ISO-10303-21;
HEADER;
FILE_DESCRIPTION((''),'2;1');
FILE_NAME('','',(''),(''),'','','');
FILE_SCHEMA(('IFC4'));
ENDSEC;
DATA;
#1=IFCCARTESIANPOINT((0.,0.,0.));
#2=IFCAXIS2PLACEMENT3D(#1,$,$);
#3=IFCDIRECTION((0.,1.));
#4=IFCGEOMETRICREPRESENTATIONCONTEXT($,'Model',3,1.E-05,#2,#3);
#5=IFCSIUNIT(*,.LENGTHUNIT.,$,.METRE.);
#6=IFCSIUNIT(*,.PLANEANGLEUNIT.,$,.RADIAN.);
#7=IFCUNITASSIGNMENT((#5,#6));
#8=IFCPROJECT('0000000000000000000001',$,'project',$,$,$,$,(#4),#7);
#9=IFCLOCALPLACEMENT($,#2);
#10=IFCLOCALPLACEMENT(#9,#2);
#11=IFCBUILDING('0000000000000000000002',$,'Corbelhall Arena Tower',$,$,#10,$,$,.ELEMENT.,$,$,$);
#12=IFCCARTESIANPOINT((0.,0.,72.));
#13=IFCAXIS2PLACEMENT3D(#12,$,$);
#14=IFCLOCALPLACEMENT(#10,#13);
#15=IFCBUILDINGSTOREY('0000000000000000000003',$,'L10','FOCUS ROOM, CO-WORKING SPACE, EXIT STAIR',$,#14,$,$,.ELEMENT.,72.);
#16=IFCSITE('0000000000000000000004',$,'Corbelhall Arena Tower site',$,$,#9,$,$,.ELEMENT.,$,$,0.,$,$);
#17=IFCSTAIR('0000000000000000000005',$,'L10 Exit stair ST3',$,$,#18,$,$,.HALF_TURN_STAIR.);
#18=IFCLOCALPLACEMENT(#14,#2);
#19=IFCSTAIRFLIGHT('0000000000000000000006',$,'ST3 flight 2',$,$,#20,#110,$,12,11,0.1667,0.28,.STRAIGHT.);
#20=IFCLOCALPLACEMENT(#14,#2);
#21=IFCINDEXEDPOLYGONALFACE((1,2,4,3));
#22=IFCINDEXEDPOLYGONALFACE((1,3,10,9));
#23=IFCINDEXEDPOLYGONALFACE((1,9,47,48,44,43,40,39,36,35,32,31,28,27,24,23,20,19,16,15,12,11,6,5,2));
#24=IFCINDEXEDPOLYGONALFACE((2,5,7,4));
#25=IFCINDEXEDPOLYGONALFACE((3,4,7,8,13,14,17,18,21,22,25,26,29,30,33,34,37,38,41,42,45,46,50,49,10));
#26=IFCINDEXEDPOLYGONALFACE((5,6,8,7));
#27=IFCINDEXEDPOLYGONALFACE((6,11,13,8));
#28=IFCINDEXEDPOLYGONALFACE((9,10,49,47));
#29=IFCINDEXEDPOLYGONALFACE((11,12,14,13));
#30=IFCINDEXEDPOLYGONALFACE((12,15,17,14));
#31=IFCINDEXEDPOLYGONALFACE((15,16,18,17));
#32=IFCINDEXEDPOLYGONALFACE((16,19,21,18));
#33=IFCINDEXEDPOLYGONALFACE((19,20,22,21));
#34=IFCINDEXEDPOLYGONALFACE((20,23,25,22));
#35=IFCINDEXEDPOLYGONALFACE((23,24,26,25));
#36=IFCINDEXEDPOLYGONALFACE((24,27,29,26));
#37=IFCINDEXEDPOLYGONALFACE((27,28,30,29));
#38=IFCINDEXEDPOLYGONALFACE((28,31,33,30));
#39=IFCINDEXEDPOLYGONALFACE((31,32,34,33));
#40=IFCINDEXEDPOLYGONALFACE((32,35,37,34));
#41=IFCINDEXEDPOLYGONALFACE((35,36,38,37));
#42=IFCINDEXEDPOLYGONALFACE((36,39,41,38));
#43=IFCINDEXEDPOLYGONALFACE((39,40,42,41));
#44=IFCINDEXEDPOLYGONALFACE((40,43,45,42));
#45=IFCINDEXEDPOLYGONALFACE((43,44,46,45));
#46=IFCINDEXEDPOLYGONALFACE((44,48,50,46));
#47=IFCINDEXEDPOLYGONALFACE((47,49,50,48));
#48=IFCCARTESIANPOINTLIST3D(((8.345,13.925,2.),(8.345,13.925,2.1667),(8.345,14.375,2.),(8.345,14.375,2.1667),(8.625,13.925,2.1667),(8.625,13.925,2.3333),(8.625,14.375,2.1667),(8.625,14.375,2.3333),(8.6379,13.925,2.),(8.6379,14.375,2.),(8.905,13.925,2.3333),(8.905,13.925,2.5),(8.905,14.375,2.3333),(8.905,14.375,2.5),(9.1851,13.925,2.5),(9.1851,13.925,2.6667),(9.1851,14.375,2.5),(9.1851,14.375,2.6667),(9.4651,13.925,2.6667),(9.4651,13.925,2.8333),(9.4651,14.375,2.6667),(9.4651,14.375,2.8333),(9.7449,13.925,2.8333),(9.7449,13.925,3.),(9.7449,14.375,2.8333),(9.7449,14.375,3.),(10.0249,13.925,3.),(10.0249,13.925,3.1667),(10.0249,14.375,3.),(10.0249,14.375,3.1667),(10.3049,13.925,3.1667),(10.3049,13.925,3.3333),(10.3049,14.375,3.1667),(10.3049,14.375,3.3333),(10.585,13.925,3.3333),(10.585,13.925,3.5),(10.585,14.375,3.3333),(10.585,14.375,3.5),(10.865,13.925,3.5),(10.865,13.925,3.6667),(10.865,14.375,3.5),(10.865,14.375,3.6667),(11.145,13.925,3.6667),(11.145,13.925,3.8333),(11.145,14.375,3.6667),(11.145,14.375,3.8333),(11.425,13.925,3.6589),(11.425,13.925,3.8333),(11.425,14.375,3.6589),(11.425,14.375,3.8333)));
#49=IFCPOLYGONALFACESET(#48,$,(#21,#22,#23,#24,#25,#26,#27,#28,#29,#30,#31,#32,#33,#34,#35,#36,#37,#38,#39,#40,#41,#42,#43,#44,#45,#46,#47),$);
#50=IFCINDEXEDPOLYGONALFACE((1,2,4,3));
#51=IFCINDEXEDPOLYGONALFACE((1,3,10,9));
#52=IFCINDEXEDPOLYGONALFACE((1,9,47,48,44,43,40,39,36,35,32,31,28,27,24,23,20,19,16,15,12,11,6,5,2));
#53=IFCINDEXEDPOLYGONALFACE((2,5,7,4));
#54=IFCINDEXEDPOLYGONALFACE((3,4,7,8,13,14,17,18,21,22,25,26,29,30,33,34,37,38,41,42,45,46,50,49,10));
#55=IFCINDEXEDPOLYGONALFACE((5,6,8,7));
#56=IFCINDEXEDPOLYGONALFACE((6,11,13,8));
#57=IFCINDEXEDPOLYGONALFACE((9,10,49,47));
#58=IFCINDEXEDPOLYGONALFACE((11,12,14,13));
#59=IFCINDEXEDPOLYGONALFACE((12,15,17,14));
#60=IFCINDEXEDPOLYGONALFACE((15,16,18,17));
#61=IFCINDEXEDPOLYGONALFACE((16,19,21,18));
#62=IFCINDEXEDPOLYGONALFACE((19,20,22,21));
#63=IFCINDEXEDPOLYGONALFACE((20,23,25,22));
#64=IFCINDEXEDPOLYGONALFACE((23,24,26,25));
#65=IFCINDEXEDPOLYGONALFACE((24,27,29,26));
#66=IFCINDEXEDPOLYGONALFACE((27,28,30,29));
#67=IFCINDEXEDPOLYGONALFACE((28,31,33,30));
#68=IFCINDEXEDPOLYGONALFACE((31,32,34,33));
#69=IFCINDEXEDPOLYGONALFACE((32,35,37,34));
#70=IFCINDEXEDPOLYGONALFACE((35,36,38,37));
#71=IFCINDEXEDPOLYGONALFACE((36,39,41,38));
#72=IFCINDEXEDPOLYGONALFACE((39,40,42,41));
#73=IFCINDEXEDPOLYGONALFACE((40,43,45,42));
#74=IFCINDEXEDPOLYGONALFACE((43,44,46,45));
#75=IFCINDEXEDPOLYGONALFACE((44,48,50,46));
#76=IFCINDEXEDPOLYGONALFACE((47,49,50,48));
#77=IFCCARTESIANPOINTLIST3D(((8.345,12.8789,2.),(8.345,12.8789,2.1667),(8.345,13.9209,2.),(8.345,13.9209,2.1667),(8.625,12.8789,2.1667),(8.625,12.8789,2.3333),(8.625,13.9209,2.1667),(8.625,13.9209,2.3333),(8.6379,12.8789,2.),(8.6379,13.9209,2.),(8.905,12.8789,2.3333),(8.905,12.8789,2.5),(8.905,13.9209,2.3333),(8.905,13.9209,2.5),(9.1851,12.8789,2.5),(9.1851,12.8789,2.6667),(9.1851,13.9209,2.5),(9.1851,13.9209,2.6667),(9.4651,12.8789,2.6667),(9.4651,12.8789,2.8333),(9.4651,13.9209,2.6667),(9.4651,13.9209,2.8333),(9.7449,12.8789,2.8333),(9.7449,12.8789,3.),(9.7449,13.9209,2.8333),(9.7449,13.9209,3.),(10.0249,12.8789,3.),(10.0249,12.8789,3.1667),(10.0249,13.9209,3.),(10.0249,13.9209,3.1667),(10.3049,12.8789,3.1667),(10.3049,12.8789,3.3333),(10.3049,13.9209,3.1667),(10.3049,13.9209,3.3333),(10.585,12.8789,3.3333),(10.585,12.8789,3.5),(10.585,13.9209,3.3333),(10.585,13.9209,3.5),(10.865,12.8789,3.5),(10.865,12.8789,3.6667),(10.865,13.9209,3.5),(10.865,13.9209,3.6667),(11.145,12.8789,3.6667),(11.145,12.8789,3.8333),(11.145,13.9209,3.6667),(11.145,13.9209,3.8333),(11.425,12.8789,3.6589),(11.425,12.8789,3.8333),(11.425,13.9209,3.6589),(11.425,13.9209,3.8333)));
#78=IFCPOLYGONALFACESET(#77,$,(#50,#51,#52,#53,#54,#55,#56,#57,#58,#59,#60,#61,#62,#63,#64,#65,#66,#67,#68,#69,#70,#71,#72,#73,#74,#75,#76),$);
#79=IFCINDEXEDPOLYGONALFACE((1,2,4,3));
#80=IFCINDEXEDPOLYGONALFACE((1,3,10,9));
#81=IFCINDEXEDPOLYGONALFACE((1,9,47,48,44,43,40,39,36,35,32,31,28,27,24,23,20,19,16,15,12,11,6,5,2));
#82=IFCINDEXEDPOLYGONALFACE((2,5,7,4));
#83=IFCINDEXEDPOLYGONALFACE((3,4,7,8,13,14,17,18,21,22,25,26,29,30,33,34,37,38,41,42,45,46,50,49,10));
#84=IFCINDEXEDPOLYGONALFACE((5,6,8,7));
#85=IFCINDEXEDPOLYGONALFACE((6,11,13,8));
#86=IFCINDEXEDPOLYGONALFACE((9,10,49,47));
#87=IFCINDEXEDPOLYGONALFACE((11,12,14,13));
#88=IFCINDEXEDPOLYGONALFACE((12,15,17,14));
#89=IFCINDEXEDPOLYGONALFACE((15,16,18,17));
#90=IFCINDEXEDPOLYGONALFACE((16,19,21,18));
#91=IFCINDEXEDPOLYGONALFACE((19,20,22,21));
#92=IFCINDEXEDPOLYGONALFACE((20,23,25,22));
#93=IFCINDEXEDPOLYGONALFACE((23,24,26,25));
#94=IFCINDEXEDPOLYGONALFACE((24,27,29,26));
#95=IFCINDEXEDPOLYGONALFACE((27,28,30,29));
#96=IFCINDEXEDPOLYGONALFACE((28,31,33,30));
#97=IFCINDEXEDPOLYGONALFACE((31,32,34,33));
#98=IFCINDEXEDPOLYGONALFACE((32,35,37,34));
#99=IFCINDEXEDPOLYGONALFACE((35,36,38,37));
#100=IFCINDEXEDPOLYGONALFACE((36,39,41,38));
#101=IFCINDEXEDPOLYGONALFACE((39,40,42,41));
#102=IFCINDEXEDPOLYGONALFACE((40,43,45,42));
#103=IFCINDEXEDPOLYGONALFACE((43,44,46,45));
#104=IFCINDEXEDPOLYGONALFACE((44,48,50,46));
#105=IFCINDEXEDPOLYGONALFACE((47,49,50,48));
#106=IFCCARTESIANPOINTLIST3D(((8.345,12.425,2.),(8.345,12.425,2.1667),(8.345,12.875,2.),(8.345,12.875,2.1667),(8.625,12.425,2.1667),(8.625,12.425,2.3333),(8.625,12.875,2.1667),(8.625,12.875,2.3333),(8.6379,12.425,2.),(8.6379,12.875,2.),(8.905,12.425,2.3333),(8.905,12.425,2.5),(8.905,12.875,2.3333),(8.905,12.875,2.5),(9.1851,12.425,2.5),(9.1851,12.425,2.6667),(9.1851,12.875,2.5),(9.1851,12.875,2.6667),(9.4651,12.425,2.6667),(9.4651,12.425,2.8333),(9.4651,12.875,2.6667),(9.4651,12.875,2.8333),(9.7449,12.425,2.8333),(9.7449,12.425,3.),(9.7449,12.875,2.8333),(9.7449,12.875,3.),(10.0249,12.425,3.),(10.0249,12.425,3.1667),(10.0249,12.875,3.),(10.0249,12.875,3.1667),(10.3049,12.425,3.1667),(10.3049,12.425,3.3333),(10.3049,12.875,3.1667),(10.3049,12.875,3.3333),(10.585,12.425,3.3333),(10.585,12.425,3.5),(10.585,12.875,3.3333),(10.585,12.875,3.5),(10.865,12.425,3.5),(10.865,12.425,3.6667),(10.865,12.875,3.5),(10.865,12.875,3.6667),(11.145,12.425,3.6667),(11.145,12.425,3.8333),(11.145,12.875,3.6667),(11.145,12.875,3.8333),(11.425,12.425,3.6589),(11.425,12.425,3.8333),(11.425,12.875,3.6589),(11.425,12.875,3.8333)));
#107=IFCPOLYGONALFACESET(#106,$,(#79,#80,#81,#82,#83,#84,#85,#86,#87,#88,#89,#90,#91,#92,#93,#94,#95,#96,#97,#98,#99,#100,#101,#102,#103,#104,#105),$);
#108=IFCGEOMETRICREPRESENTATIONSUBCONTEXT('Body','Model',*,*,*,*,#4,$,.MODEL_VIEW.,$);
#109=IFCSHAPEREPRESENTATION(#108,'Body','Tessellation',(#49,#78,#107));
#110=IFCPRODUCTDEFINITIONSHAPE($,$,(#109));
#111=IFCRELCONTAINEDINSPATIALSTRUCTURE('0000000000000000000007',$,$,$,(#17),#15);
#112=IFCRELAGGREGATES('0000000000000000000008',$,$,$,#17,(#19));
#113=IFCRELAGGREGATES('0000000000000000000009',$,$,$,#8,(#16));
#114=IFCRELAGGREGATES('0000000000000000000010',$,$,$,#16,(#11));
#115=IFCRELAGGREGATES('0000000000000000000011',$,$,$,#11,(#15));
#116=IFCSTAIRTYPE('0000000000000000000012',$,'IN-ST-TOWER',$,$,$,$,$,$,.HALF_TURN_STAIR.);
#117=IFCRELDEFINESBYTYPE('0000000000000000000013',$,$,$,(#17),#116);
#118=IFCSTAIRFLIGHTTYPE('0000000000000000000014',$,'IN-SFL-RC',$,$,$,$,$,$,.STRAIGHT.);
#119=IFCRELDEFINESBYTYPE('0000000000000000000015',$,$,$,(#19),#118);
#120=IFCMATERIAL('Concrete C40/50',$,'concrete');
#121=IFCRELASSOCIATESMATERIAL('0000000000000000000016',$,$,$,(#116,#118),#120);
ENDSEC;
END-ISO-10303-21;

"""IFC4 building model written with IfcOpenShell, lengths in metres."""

from ifc_helpers import new_model, si_unit, direction, frame, origin, place, context, subcontext, project, spatial, polyline, outline, extrude, material, type_object, element, aggregate, save


model = new_model("IFC4")

# Units and contexts
model_context = context("Model", 3, precision=1e-05, world=origin(), true_north=direction((0.0, 1.0)))
body_context = subcontext(model_context, "Body", "Model", "MODEL_VIEW")
ifc_project = project(units=[si_unit("LENGTHUNIT", "METRE"), si_unit("PLANEANGLEUNIT", "RADIAN")], contexts=[model_context])

# Site, building, storey
site_placement = place(None, origin())
site = spatial("IfcSite", under=ifc_project, at=site_placement, Name="Corbelhall Arena Tower site", CompositionType="ELEMENT", RefElevation=0.0)
building_placement = place(site_placement, origin())
building = spatial("IfcBuilding", under=site, at=building_placement, Name="Corbelhall Arena Tower", CompositionType="ELEMENT")
storey_placement = place(building_placement, frame((0.0, 0.0, 72.0)))
storey = spatial("IfcBuildingStorey", under=building, at=storey_placement, Name="L10", Description="FOCUS ROOM, CO-WORKING SPACE, EXIT STAIR", CompositionType="ELEMENT", Elevation=72.0)

# Shared definitions
ifc_material_1 = material(Name="Concrete C40/50", Category="concrete")

# Stair, stair flight
stair_type = type_object("IfcStairType", Name="IN-ST-TOWER", PredefinedType="HALF_TURN_STAIR", material=ifc_material_1)
stair_placement = place(storey_placement, origin())
stair = element("IfcStair", 1, at=stair_placement, inside=storey, type_object=stair_type, Name="L10 Exit stair ST3", PredefinedType="HALF_TURN_STAIR")
stair_flight_type = type_object("IfcStairFlightType", Name="IN-SFL-RC", PredefinedType="STRAIGHT", material=ifc_material_1)
stair_flight_1_placement = place(storey_placement, frame((8.345, 13.3999, 2.0), z_axis=(0.0, 0.0, 1.0), x_axis=(1.0, 0.0, 0.0)))
stair_flight_1 = element("IfcStairFlight", 2, at=stair_flight_1_placement, type_object=stair_flight_type, Name="ST3 flight 2", NumberOfRisers=12, NumberOfTreads=11, PredefinedType="STRAIGHT", RiserHeight=0.1667, TreadLength=0.28, context=body_context, shape_type="SweptSolid", body=[
    extrude(outline(polyline([(0.0, 0.0), (0.0, 0.1667), (0.28, 0.1667), (0.28, 0.3333), (0.5601, 0.3333), (0.5601, 0.5), (0.8401, 0.5), (0.8401, 0.6667), (1.1201, 0.6667), (1.1201, 0.8333), (1.3999, 0.8333), (1.3999, 1.0), (1.6799, 1.0), (1.6799, 1.1667), (1.96, 1.1667), (1.96, 1.3333), (2.24, 1.3333), (2.24, 1.5), (2.52, 1.5), (2.52, 1.6667), (2.8, 1.6667), (2.8, 1.8333), (3.0801, 1.8333), (3.0801, 2.0), (3.0801, 1.6589), (0.293, 0.0), (0.0, 0.0)])), frame((0.0, 0.9751, 0.0), z_axis=(0.0, -1.0, 0.0), x_axis=(1.0, 0.0, 0.0)), (0.0, 0.0, 1.0), 0.45),
    extrude(outline(polyline([(0.0, 0.0), (0.0, 0.1667), (0.28, 0.1667), (0.28, 0.3333), (0.5601, 0.3333), (0.5601, 0.5), (0.8401, 0.5), (0.8401, 0.6667), (1.1201, 0.6667), (1.1201, 0.8333), (1.3999, 0.8333), (1.3999, 1.0), (1.6799, 1.0), (1.6799, 1.1667), (1.96, 1.1667), (1.96, 1.3333), (2.24, 1.3333), (2.24, 1.5), (2.52, 1.5), (2.52, 1.6667), (2.8, 1.6667), (2.8, 1.8333), (3.0801, 1.8333), (3.0801, 2.0), (3.0801, 1.6589), (0.293, 0.0), (0.0, 0.0)])), frame((0.0, 0.521, 0.0), z_axis=(0.0, -1.0, 0.0), x_axis=(1.0, 0.0, 0.0)), (0.0, 0.0, 1.0), 1.042),
    extrude(outline(polyline([(0.0, 0.0), (0.0, 0.1667), (0.28, 0.1667), (0.28, 0.3333), (0.5601, 0.3333), (0.5601, 0.5), (0.8401, 0.5), (0.8401, 0.6667), (1.1201, 0.6667), (1.1201, 0.8333), (1.3999, 0.8333), (1.3999, 1.0), (1.6799, 1.0), (1.6799, 1.1667), (1.96, 1.1667), (1.96, 1.3333), (2.24, 1.3333), (2.24, 1.5), (2.52, 1.5), (2.52, 1.6667), (2.8, 1.6667), (2.8, 1.8333), (3.0801, 1.8333), (3.0801, 2.0), (3.0801, 1.6589), (0.293, 0.0), (0.0, 0.0)])), frame((0.0, -0.5249, 0.0), z_axis=(0.0, -1.0, 0.0), x_axis=(1.0, 0.0, 0.0)), (0.0, 0.0, 1.0), 0.45),
])
aggregate(stair, [stair_flight_1])

save(model, "model.ifc")
